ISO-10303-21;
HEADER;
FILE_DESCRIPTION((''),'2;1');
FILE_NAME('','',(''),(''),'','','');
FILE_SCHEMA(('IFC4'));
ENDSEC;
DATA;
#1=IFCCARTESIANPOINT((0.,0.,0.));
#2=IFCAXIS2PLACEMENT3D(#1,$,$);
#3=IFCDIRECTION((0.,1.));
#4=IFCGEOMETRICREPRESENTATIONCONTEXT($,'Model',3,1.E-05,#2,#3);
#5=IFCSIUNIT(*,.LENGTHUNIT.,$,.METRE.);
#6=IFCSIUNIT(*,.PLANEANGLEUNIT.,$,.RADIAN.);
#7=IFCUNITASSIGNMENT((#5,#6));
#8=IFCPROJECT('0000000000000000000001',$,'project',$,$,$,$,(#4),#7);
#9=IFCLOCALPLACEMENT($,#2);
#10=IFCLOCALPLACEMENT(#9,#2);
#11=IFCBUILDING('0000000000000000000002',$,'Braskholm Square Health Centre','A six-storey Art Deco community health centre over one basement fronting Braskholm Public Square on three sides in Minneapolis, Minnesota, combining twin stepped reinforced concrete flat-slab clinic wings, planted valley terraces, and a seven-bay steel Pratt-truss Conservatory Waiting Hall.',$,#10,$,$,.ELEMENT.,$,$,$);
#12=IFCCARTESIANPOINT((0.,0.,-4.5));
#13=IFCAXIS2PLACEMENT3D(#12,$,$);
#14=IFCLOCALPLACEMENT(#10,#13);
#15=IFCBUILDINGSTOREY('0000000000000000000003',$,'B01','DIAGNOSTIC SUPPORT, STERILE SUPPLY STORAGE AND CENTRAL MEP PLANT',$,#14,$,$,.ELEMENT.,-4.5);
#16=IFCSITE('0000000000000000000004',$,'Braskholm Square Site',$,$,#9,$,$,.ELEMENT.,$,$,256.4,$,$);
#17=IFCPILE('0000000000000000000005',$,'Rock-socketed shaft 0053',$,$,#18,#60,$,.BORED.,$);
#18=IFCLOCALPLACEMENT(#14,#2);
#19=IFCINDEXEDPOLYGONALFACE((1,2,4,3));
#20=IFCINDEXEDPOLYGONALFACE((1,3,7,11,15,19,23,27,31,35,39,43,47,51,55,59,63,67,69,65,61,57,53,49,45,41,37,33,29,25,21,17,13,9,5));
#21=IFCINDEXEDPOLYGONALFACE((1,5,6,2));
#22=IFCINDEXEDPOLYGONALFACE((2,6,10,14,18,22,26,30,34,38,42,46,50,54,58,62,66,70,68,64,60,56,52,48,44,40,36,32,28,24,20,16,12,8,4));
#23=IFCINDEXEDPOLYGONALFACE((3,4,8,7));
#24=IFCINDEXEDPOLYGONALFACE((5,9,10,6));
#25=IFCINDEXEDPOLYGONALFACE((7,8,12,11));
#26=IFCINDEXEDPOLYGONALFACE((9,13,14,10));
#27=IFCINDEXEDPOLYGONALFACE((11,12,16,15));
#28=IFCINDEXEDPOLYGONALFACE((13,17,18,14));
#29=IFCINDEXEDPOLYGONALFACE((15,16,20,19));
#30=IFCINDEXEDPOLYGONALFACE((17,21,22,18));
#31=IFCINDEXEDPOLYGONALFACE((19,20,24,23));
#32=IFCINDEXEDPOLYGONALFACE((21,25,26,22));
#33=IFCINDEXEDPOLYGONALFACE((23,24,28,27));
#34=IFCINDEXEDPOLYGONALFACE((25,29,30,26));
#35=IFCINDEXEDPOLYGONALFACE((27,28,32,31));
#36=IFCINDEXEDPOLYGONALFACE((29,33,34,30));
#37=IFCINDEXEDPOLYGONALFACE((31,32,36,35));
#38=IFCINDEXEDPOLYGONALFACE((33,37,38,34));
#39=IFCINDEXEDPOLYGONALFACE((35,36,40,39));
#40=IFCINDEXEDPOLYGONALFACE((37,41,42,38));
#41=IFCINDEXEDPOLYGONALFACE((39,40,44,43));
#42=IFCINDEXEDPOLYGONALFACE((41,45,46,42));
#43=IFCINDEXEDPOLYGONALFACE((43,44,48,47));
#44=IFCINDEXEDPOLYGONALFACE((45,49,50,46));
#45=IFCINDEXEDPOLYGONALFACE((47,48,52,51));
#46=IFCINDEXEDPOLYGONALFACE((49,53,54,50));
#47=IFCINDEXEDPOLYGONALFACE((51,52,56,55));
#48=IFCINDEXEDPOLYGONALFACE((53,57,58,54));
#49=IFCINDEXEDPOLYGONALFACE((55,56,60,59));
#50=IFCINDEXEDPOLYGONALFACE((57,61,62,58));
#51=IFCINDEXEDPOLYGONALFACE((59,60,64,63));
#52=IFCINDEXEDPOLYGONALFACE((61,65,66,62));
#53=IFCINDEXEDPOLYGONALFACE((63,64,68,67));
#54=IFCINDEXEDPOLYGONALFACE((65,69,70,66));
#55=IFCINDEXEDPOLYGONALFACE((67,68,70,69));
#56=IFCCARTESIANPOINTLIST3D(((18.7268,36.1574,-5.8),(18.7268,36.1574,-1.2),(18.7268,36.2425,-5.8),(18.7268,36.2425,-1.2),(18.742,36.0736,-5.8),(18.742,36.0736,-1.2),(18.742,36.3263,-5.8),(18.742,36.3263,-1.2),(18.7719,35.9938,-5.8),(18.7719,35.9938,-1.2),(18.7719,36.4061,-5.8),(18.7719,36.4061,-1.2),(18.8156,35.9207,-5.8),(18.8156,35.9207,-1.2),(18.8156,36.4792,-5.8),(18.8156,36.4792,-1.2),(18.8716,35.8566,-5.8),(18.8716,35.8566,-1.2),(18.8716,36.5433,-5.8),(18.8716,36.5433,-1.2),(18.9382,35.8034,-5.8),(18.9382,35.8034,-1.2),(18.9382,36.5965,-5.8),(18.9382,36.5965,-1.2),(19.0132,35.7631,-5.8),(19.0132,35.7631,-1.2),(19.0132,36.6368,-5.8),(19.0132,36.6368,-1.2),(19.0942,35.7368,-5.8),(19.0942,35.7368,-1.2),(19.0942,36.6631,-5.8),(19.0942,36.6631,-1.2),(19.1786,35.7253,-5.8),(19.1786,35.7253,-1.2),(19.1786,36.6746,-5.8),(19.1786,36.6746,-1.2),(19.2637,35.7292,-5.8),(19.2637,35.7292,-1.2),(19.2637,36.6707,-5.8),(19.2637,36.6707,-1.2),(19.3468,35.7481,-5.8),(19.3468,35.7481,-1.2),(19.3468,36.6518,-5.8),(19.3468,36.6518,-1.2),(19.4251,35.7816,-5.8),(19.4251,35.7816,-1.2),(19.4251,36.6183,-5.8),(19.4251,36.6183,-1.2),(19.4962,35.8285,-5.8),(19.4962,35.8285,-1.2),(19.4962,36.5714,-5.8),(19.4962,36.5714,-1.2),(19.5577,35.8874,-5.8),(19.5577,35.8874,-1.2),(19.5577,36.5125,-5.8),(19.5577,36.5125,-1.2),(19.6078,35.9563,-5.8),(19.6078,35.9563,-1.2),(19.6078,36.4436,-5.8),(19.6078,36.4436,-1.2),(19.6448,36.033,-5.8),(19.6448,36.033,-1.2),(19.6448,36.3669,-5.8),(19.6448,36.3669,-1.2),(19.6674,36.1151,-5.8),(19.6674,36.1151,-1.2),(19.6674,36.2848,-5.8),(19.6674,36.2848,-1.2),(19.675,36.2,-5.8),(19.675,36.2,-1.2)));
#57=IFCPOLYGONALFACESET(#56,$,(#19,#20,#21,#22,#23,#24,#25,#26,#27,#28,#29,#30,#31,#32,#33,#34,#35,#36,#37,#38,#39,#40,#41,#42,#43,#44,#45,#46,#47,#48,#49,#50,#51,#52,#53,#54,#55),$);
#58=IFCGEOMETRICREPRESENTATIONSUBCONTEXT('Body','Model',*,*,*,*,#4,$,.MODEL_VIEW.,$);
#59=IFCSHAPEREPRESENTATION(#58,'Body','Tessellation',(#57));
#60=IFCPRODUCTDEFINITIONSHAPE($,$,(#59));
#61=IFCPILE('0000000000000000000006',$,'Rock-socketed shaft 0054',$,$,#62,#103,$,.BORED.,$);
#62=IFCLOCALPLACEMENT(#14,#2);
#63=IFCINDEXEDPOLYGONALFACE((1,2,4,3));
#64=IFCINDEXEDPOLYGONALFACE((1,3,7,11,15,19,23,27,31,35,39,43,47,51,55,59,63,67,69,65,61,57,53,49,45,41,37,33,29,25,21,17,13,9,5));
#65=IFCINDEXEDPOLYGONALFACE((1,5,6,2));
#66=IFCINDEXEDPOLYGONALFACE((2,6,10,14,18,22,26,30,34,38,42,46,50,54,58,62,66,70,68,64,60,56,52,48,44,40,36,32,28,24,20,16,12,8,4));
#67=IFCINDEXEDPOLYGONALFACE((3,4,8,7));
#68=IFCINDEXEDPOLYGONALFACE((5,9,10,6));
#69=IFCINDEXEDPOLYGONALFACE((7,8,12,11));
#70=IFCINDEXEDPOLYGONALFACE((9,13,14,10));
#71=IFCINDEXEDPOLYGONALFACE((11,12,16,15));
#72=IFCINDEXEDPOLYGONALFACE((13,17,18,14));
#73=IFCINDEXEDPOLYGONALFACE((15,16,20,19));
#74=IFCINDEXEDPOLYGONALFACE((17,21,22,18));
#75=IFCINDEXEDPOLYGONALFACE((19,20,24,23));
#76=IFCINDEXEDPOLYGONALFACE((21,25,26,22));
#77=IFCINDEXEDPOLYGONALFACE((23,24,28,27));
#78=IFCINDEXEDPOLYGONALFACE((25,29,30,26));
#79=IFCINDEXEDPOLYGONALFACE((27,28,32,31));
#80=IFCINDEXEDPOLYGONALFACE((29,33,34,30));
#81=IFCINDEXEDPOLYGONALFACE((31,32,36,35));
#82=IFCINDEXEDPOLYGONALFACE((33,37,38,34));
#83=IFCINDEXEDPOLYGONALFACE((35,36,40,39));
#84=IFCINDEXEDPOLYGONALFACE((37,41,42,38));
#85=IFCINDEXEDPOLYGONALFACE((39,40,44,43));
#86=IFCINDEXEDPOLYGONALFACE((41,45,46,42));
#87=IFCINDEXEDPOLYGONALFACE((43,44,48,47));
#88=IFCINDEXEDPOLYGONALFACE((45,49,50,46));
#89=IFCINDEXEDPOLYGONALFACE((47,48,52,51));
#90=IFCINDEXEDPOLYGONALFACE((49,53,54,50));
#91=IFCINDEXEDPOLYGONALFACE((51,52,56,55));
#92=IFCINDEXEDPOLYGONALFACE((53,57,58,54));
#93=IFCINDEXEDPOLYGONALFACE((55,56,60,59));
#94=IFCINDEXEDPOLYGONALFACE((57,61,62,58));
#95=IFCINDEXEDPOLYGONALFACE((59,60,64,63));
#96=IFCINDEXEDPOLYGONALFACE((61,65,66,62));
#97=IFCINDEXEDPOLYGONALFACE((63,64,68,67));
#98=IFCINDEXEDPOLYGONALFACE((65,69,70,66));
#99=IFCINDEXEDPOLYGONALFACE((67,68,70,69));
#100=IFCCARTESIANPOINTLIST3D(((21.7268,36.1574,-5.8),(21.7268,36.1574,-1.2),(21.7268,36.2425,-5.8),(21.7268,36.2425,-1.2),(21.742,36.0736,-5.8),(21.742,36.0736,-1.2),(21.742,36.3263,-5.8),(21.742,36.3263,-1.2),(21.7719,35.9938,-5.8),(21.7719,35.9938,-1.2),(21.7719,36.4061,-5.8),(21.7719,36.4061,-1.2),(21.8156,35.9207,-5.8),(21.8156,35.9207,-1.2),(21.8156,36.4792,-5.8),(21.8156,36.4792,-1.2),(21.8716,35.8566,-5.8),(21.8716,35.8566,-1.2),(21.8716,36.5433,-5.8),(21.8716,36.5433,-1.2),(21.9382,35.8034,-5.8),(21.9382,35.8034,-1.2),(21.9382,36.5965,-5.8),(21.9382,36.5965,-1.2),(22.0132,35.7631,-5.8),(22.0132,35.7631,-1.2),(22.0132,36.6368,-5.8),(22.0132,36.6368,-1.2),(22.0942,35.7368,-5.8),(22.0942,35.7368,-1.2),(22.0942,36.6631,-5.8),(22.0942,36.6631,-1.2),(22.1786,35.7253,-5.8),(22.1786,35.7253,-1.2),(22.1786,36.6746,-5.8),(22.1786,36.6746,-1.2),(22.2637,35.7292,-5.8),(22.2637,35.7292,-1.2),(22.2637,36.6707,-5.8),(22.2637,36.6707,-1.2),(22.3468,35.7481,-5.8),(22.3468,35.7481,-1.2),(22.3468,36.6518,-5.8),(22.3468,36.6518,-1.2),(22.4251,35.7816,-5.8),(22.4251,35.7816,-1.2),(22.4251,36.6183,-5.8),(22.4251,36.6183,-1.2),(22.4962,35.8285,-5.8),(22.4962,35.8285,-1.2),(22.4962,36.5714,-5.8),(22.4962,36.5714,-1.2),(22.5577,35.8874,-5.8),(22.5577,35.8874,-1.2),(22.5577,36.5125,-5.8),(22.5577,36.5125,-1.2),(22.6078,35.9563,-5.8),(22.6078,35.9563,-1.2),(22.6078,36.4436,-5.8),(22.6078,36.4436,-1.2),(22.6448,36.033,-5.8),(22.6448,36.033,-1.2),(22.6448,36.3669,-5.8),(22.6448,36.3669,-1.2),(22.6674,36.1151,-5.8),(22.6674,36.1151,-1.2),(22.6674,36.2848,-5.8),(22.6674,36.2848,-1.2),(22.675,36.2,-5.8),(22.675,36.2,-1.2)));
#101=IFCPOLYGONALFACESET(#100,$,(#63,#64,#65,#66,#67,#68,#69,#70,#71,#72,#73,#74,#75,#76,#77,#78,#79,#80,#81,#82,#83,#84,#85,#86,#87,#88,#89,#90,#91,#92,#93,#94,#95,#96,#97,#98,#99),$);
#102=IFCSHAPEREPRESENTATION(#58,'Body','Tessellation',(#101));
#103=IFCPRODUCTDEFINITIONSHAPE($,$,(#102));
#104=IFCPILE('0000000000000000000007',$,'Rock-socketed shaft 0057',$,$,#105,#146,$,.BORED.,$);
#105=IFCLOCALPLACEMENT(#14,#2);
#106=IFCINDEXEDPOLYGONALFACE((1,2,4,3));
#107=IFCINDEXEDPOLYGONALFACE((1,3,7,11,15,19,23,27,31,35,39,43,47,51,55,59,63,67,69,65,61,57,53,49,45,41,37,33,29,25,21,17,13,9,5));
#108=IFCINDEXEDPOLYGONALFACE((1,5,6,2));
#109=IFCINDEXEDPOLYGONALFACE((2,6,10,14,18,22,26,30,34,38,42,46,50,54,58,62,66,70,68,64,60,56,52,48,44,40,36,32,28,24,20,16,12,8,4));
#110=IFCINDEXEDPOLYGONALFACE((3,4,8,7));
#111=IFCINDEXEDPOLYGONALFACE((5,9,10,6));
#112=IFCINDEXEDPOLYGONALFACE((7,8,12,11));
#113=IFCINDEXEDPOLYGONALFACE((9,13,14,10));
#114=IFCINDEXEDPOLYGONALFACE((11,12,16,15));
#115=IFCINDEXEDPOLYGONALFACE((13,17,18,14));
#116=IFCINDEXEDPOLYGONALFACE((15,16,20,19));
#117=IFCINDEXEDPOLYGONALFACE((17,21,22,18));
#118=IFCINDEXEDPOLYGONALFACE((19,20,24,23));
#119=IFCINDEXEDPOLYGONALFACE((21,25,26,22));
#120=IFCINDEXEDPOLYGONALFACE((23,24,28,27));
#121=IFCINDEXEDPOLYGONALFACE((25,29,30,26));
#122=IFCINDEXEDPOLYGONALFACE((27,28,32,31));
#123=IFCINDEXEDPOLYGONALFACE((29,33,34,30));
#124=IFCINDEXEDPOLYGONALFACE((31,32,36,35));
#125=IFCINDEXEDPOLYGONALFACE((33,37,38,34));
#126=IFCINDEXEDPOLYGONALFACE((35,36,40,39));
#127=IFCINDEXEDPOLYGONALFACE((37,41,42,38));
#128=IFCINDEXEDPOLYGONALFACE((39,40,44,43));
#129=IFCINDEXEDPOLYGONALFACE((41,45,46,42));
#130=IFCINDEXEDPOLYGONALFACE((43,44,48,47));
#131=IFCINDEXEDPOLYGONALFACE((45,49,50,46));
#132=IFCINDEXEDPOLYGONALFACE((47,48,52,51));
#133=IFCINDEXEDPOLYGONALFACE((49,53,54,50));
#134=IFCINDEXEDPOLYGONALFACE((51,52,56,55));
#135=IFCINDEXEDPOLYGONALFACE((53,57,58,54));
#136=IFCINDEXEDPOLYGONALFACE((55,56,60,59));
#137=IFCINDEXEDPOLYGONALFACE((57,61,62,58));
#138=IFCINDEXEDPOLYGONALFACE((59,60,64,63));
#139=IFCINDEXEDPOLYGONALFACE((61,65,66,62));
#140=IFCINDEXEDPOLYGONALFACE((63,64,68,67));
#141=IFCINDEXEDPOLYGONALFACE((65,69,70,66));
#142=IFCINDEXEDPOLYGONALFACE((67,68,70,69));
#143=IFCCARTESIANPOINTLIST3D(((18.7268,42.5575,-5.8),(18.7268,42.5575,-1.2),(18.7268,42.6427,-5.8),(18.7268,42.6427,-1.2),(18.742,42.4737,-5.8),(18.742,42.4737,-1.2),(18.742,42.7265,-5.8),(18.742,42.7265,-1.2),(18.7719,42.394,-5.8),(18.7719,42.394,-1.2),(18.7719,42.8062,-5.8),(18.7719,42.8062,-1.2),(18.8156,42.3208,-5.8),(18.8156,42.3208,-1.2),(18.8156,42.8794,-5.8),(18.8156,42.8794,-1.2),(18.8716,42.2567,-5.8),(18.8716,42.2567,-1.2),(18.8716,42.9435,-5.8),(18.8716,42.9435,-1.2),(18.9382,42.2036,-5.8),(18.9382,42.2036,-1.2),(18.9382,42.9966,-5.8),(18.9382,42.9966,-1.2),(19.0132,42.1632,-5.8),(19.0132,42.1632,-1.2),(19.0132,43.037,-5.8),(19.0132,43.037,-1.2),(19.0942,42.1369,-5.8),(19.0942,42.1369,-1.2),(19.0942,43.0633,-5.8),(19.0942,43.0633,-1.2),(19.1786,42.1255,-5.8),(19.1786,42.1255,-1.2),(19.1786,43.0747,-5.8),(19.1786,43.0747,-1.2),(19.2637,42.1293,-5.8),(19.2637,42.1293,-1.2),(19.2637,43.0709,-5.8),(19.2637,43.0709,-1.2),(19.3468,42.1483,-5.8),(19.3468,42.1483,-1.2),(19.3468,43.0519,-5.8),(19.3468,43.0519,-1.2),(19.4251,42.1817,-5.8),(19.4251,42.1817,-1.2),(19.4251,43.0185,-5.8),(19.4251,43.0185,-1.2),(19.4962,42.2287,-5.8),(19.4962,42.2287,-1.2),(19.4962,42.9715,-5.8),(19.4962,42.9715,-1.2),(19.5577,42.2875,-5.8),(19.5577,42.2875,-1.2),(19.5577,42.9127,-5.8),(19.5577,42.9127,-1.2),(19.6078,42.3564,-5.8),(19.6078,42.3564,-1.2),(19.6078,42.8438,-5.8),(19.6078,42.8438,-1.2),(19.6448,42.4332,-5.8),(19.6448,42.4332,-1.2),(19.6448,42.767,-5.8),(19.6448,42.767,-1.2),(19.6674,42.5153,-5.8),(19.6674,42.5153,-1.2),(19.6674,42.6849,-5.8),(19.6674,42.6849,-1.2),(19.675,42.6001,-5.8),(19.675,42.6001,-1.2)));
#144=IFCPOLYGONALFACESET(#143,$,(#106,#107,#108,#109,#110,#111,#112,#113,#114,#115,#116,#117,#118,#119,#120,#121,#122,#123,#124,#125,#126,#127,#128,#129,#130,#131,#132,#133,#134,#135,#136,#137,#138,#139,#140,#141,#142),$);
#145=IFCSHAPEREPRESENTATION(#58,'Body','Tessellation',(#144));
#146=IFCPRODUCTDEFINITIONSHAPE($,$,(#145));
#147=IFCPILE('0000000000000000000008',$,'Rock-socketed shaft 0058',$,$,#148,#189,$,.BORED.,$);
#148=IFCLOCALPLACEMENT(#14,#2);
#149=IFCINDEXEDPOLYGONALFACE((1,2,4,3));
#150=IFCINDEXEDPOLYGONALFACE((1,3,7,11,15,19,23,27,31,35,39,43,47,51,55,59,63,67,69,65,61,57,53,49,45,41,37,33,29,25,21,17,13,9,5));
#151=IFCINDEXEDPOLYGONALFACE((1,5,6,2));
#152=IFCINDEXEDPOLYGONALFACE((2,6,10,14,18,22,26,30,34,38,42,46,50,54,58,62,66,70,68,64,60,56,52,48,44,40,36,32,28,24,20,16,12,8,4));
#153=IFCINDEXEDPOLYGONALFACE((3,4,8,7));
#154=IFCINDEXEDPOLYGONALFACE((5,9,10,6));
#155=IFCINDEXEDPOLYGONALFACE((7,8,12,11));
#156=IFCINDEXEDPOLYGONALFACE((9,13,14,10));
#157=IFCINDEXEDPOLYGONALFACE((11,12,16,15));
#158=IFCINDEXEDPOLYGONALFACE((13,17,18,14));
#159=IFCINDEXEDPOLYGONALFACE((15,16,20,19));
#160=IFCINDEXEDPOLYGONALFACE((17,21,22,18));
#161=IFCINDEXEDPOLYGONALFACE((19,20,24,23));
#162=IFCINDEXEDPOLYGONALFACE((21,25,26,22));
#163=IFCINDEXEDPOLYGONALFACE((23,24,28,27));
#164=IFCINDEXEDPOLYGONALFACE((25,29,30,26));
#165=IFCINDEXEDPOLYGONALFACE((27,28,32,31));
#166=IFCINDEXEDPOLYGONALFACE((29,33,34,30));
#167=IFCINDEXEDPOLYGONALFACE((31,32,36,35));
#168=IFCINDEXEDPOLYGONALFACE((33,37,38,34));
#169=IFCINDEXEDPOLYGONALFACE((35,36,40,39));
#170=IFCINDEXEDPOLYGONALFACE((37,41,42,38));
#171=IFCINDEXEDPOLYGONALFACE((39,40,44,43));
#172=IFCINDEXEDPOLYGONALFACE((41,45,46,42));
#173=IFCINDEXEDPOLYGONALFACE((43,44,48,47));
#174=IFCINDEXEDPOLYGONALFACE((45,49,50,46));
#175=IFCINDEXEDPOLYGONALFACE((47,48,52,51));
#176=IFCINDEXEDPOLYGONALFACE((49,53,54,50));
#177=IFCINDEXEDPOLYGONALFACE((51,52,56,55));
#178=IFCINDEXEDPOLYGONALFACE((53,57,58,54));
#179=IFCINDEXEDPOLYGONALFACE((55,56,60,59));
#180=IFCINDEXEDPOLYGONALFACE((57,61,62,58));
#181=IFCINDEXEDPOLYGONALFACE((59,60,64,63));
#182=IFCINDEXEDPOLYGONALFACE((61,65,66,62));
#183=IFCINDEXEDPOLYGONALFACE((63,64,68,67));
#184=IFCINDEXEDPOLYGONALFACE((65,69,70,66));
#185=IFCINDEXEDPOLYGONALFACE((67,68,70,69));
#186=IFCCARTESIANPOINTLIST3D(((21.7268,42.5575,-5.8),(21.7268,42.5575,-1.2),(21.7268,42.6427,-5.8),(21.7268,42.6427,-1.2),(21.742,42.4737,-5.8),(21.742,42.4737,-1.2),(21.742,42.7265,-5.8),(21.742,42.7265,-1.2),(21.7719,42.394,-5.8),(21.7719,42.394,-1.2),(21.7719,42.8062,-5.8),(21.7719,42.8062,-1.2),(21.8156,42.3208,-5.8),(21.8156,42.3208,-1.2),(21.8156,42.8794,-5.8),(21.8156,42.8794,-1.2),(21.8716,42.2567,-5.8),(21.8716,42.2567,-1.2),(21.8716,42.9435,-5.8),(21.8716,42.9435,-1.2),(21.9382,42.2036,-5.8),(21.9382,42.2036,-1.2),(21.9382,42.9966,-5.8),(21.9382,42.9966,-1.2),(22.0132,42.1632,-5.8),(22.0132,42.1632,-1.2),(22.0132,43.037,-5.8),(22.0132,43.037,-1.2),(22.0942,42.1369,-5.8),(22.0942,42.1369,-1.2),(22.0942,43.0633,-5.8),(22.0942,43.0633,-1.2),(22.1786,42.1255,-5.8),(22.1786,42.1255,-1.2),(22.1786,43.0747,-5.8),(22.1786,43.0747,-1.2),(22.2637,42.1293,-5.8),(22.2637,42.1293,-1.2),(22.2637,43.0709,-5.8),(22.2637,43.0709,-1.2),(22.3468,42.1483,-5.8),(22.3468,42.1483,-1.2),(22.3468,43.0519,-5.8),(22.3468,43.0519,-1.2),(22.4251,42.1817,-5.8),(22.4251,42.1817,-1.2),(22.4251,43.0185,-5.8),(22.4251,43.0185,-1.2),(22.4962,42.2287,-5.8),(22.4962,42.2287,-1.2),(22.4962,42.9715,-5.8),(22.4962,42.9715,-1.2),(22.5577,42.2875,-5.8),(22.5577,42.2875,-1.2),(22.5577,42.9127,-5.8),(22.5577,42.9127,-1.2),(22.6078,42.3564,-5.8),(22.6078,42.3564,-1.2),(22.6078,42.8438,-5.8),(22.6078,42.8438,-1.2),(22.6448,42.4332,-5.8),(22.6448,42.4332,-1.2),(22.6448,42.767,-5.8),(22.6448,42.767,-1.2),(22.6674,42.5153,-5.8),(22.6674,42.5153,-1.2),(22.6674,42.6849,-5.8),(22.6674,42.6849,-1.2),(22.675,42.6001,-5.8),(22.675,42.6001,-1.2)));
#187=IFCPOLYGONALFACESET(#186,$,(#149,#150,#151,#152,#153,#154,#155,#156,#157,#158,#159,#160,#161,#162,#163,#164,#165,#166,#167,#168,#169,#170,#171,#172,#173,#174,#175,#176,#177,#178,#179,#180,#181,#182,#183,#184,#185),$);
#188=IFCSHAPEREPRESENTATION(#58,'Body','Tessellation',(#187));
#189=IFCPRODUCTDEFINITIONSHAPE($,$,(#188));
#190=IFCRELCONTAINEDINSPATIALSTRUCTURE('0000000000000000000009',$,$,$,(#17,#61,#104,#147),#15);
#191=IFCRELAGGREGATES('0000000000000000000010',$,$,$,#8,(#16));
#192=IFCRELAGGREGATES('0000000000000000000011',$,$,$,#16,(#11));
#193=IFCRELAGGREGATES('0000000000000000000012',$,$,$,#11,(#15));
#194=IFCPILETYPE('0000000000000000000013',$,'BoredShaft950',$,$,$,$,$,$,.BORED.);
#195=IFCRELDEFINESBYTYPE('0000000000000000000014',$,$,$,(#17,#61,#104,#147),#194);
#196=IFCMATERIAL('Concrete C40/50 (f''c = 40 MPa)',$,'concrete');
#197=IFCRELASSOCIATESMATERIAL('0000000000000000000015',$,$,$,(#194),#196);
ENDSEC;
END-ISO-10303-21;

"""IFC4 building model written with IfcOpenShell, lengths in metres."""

from ifc_helpers import new_model, si_unit, direction, frame, origin, origin_2d, place, context, subcontext, project, spatial, circle, extrude, material, material_profile, profile_set, type_object, element, save


model = new_model("IFC4")

# Units and contexts
model_context = context("Model", 3, precision=1e-05, world=origin(), true_north=direction((0.0, 1.0)))
body_context = subcontext(model_context, "Body", "Model", "MODEL_VIEW")
ifc_project = project(units=[si_unit("LENGTHUNIT", "METRE"), si_unit("PLANEANGLEUNIT", "RADIAN")], contexts=[model_context])

# Site, building, storey
site_placement = place(None, origin())
site = spatial("IfcSite", under=ifc_project, at=site_placement, Name="Braskholm Square Site", CompositionType="ELEMENT", RefElevation=256.4)
building_placement = place(site_placement, origin())
building = spatial("IfcBuilding", under=site, at=building_placement, Name="Braskholm Square Health Centre", Description="A six-storey Art Deco community health centre over one basement fronting Braskholm Public Square on three sides in Minneapolis, Minnesota, combining twin stepped reinforced concrete flat-slab clinic wings, planted valley terraces, and a seven-bay steel Pratt-truss Conservatory Waiting Hall.", CompositionType="ELEMENT")
storey_placement = place(building_placement, frame((0.0, 0.0, -4.5)))
storey = spatial("IfcBuildingStorey", under=building, at=storey_placement, Name="B01", Description="DIAGNOSTIC SUPPORT, STERILE SUPPLY STORAGE AND CENTRAL MEP PLANT", CompositionType="ELEMENT", Elevation=-4.5)

# Piles
ifc_material_1 = material(Name="Concrete C40/50 (f'c = 40 MPa)", Category="concrete")
ifc_material_profile_1 = material_profile(ifc_material_1, circle(Radius=0.4751, at=origin_2d()), Name="BORED-PILE-950")
ifc_profile_set_1 = profile_set([ifc_material_profile_1], Name="Concrete C40/50 (f'c = 40 MPa)")
pile_type = type_object("IfcPileType", Name="BoredShaft950", PredefinedType="BORED", material=ifc_profile_set_1)
for number, where, z_axis, x_axis, name in (
    (1, (19.2, 36.2, -1.2), (0.0, 0.0, -1.0), (1.0, 0.0, 0.0), "Rock-socketed shaft 0053"),
    (2, (22.2, 36.2, -1.2), (0.0, 0.0, -1.0), (1.0, 0.0, 0.0), "Rock-socketed shaft 0054"),
    (3, (19.2, 42.6001, -1.2), (0.0, 0.0, -1.0), (1.0, 0.0, 0.0), "Rock-socketed shaft 0057"),
    (4, (22.2, 42.6001, -1.2), (0.0, 0.0, -1.0), (1.0, 0.0, 0.0), "Rock-socketed shaft 0058"),
):
    element("IfcPile", number, at=place(storey_placement, frame(where, z_axis=z_axis, x_axis=x_axis)), inside=storey, type_object=pile_type, Name=name, PredefinedType="BORED", context=body_context, shape_type="SweptSolid", body=[
        extrude(circle(Radius=0.4751, at=origin_2d()), origin(), (0.0, 0.0, 1.0), 4.6001),
    ])

save(model, "model.ifc")
